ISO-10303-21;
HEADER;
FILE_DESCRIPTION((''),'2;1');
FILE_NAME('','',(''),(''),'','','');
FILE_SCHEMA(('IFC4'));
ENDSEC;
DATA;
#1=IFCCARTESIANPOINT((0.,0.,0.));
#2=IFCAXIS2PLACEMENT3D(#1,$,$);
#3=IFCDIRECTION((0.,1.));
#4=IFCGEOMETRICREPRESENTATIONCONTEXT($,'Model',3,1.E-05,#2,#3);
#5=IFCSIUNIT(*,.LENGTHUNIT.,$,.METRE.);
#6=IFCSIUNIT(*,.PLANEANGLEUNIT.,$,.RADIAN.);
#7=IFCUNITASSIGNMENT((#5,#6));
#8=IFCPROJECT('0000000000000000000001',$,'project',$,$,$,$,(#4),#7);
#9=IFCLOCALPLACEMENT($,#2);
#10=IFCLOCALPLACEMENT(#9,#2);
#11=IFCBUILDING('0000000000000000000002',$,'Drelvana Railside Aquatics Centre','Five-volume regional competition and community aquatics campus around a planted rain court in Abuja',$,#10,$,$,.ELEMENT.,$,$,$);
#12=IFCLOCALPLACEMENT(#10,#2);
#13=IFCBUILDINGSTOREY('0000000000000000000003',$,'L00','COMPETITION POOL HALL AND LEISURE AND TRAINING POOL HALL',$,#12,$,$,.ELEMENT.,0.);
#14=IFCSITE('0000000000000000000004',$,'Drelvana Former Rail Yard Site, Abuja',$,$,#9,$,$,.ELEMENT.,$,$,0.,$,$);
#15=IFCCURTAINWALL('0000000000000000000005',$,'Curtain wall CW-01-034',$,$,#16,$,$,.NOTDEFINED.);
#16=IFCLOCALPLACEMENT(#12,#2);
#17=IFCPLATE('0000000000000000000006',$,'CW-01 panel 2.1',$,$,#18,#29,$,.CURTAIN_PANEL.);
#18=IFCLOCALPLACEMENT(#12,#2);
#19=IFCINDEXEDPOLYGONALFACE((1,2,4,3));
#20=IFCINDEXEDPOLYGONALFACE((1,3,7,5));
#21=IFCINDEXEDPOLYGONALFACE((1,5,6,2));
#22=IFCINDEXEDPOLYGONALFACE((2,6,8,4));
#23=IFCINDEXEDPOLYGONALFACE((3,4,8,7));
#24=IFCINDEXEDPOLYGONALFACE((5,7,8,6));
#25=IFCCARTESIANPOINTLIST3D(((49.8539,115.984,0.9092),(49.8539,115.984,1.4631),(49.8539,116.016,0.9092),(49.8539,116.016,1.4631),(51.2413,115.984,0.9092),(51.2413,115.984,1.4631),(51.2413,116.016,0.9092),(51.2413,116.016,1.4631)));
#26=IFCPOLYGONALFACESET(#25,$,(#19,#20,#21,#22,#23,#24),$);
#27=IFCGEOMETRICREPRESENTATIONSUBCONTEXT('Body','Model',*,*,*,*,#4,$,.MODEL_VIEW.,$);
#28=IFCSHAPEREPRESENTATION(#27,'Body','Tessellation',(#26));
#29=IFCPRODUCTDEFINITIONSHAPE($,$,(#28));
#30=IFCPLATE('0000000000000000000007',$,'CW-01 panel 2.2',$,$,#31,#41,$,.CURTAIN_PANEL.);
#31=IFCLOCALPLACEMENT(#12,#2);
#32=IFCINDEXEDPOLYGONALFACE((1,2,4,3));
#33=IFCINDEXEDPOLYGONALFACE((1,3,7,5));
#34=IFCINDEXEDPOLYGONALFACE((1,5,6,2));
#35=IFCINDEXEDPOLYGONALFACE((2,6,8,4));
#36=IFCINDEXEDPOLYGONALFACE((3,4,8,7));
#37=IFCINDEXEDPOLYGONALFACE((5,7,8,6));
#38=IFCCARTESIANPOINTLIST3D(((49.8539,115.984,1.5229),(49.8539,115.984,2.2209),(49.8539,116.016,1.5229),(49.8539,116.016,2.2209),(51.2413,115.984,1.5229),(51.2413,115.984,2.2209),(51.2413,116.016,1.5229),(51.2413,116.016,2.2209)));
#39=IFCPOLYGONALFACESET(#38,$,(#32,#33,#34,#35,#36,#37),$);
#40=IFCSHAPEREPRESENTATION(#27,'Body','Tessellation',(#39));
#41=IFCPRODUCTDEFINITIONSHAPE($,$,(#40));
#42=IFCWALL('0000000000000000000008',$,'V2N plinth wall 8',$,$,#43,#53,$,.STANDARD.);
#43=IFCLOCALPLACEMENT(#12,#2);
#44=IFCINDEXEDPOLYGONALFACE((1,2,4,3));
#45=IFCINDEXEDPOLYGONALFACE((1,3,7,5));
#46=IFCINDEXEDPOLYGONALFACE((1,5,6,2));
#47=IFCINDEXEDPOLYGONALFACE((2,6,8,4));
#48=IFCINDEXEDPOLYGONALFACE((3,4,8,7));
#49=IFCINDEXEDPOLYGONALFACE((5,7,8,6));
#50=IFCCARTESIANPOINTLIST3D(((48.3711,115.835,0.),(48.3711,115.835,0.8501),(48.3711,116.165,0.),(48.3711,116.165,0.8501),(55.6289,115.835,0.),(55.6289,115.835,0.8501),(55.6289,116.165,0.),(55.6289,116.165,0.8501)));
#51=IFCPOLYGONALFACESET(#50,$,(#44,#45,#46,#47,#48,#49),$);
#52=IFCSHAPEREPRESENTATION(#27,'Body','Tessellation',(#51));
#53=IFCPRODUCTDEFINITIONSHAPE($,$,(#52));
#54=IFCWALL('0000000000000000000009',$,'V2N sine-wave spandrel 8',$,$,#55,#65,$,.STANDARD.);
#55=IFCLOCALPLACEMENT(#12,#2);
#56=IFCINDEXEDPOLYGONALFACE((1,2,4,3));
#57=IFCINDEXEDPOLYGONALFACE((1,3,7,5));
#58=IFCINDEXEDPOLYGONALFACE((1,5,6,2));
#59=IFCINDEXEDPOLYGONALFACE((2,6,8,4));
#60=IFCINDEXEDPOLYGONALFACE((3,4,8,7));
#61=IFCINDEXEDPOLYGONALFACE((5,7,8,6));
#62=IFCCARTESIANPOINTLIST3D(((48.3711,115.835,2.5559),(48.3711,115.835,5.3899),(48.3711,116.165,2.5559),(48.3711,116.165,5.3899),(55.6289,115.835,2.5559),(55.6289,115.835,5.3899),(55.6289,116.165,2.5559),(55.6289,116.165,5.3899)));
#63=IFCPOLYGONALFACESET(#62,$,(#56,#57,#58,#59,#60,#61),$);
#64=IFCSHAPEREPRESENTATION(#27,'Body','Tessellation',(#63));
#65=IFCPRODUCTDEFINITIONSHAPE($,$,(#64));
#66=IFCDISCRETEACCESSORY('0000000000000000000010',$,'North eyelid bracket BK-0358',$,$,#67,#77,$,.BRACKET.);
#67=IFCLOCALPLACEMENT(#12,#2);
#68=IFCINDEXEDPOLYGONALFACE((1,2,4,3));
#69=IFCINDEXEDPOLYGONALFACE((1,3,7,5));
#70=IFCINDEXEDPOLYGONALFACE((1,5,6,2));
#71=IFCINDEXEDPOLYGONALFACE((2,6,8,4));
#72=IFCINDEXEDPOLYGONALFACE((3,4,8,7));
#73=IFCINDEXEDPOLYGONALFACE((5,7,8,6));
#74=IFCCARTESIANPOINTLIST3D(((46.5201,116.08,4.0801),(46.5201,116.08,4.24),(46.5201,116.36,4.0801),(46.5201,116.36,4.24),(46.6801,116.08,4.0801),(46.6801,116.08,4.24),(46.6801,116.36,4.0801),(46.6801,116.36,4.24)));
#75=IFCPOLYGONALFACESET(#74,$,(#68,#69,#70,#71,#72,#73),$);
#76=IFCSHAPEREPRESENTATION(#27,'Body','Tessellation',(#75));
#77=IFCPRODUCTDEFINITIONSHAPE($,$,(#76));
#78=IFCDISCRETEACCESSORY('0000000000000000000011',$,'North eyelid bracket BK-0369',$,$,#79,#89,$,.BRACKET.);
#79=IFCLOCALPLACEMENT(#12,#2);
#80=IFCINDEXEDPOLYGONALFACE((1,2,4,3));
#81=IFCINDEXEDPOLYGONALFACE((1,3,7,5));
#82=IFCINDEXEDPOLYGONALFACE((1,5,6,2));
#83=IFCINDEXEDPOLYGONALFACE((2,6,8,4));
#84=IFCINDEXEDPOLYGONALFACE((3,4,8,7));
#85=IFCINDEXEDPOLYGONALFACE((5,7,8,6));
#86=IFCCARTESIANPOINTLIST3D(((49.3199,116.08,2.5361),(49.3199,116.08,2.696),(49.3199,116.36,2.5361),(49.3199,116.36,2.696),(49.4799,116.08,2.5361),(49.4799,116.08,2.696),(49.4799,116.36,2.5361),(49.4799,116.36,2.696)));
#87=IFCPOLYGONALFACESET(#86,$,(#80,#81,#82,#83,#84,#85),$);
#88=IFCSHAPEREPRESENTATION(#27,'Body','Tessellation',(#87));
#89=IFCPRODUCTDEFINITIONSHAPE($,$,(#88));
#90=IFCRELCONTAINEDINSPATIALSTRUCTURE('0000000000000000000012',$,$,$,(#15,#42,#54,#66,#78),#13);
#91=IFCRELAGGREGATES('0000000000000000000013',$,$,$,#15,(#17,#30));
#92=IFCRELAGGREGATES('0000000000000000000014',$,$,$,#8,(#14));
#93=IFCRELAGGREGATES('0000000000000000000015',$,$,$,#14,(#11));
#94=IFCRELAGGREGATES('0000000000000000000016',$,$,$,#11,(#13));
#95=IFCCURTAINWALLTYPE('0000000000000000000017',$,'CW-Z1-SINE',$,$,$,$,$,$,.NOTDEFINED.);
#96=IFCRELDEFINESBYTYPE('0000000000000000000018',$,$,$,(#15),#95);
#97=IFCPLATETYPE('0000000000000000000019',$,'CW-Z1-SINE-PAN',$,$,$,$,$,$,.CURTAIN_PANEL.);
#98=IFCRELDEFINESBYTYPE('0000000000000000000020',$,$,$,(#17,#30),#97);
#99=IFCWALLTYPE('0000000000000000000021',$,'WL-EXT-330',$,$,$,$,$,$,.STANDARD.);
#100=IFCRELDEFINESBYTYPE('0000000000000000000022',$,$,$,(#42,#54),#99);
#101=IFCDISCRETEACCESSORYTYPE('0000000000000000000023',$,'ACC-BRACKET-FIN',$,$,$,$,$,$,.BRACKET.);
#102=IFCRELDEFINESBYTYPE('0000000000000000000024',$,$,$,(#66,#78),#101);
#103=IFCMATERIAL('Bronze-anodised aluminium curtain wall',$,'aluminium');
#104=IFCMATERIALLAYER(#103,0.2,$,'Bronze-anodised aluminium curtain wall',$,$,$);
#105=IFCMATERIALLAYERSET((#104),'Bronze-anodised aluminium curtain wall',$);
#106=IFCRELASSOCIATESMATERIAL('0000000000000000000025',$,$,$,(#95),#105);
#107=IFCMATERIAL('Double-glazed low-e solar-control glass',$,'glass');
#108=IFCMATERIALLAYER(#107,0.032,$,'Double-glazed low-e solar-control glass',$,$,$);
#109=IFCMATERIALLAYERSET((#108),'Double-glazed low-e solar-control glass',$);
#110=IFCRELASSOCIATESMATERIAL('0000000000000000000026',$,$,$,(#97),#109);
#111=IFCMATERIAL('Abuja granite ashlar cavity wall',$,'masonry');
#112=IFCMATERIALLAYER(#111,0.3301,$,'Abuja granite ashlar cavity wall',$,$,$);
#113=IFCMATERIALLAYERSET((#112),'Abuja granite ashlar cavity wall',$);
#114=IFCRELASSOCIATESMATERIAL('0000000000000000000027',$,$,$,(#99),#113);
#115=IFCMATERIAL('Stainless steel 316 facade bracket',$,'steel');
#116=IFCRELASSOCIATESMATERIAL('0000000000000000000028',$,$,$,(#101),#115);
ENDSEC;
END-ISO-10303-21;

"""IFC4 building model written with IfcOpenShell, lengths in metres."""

from ifc_helpers import new_model, si_unit, direction, frame, frame_2d, origin, origin_2d, place, context, subcontext, project, spatial, rectangle, extrude, material, layer, layer_set, type_object, element, aggregate, save


model = new_model("IFC4")

# Units and contexts
model_context = context("Model", 3, precision=1e-05, world=origin(), true_north=direction((0.0, 1.0)))
body_context = subcontext(model_context, "Body", "Model", "MODEL_VIEW")
ifc_project = project(units=[si_unit("LENGTHUNIT", "METRE"), si_unit("PLANEANGLEUNIT", "RADIAN")], contexts=[model_context])

# Site, building, storey
site_placement = place(None, origin())
site = spatial("IfcSite", under=ifc_project, at=site_placement, Name="Drelvana Former Rail Yard Site, Abuja", CompositionType="ELEMENT", RefElevation=0.0)
building_placement = place(site_placement, origin())
building = spatial("IfcBuilding", under=site, at=building_placement, Name="Drelvana Railside Aquatics Centre", Description="Five-volume regional competition and community aquatics campus around a planted rain court in Abuja", CompositionType="ELEMENT")
storey_placement = place(building_placement, origin())
storey = spatial("IfcBuildingStorey", under=building, at=storey_placement, Name="L00", Description="COMPETITION POOL HALL AND LEISURE AND TRAINING POOL HALL", CompositionType="ELEMENT", Elevation=0.0)

# Curtain wall
ifc_material_1 = material(Name="Bronze-anodised aluminium curtain wall", Category="aluminium")
ifc_layer_1 = layer(ifc_material_1, 0.2, Name="Bronze-anodised aluminium curtain wall")
ifc_layer_set_1 = layer_set([ifc_layer_1], Name="Bronze-anodised aluminium curtain wall")
curtain_wall_type = type_object("IfcCurtainWallType", Name="CW-Z1-SINE", PredefinedType="NOTDEFINED", material=ifc_layer_set_1)
curtain_wall_1_placement = place(storey_placement, origin())
curtain_wall_1 = element("IfcCurtainWall", 1, at=curtain_wall_1_placement, inside=storey, type_object=curtain_wall_type, Name="Curtain wall CW-01-034", PredefinedType="NOTDEFINED")

# Plates
ifc_material_2 = material(Name="Double-glazed low-e solar-control glass", Category="glass")
ifc_layer_2 = layer(ifc_material_2, 0.032, Name="Double-glazed low-e solar-control glass")
ifc_layer_set_2 = layer_set([ifc_layer_2], Name="Double-glazed low-e solar-control glass")
plate_type = type_object("IfcPlateType", Name="CW-Z1-SINE-PAN", PredefinedType="CURTAIN_PANEL", material=ifc_layer_set_2)
plate_1_placement = place(storey_placement, frame((50.5476, 116.0, 0.9092), z_axis=(0.0, 0.0, 1.0), x_axis=(1.0, 0.0, 0.0)))
plate_1 = element("IfcPlate", 2, at=plate_1_placement, type_object=plate_type, Name="CW-01 panel 2.1", PredefinedType="CURTAIN_PANEL", context=body_context, shape_type="SweptSolid", body=[
    extrude(rectangle(XDim=1.3875, YDim=0.032, at=origin_2d()), origin(), (0.0, 0.0, 1.0), 0.554),
])
plate_2_placement = place(storey_placement, frame((50.5476, 116.0, 1.5229), z_axis=(0.0, 0.0, 1.0), x_axis=(1.0, 0.0, 0.0)))
plate_2 = element("IfcPlate", 3, at=plate_2_placement, type_object=plate_type, Name="CW-01 panel 2.2", PredefinedType="CURTAIN_PANEL", context=body_context, shape_type="SweptSolid", body=[
    extrude(rectangle(XDim=1.3875, YDim=0.032, at=origin_2d()), origin(), (0.0, 0.0, 1.0), 0.698),
])
aggregate(curtain_wall_1, [plate_1, plate_2])

# Walls
ifc_material_3 = material(Name="Abuja granite ashlar cavity wall", Category="masonry")
ifc_layer_3 = layer(ifc_material_3, 0.3301, Name="Abuja granite ashlar cavity wall")
ifc_layer_set_3 = layer_set([ifc_layer_3], Name="Abuja granite ashlar cavity wall")
wall_type = type_object("IfcWallType", Name="WL-EXT-330", PredefinedType="STANDARD", material=ifc_layer_set_3)
wall_1_placement = place(storey_placement, frame((48.3711, 116.0, 0.0), z_axis=(0.0, 0.0, 1.0), x_axis=(1.0, 0.0, 0.0)))
element("IfcWall", 4, at=wall_1_placement, inside=storey, type_object=wall_type, Name="V2N plinth wall 8", PredefinedType="STANDARD", context=body_context, shape_type="SweptSolid", body=[
    extrude(rectangle(XDim=7.2578, YDim=0.3301, at=frame_2d((3.6289, 0.0))), origin(), (0.0, 0.0, 1.0), 0.8501),
])
wall_2_placement = place(storey_placement, frame((48.3711, 116.0, 2.5559), z_axis=(0.0, 0.0, 1.0), x_axis=(1.0, 0.0, 0.0)))
element("IfcWall", 5, at=wall_2_placement, inside=storey, type_object=wall_type, Name="V2N sine-wave spandrel 8", PredefinedType="STANDARD", context=body_context, shape_type="SweptSolid", body=[
    extrude(rectangle(XDim=7.2578, YDim=0.3301, at=frame_2d((3.6289, 0.0))), origin(), (0.0, 0.0, 1.0), 2.834),
])

# Discrete accessories
ifc_material_4 = material(Name="Stainless steel 316 facade bracket", Category="steel")
discrete_accessory_type = type_object("IfcDiscreteAccessoryType", Name="ACC-BRACKET-FIN", PredefinedType="BRACKET", material=ifc_material_4)
for number, where, z_axis, x_axis, name in (
    (6, (46.6001, 116.22, 4.0801), (0.0, 0.0, 1.0), (1.0, 0.0, 0.0), "North eyelid bracket BK-0358"),
    (7, (49.3999, 116.22, 2.5361), (0.0, 0.0, 1.0), (1.0, 0.0, 0.0), "North eyelid bracket BK-0369"),
):
    element("IfcDiscreteAccessory", number, at=place(storey_placement, frame(where, z_axis=z_axis, x_axis=x_axis)), inside=storey, type_object=discrete_accessory_type, Name=name, PredefinedType="BRACKET", context=body_context, shape_type="SweptSolid", body=[
        extrude(rectangle(XDim=0.1599, YDim=0.28, at=origin_2d()), origin(), (0.0, 0.0, 1.0), 0.1599),
    ])

save(model, "model.ifc")
